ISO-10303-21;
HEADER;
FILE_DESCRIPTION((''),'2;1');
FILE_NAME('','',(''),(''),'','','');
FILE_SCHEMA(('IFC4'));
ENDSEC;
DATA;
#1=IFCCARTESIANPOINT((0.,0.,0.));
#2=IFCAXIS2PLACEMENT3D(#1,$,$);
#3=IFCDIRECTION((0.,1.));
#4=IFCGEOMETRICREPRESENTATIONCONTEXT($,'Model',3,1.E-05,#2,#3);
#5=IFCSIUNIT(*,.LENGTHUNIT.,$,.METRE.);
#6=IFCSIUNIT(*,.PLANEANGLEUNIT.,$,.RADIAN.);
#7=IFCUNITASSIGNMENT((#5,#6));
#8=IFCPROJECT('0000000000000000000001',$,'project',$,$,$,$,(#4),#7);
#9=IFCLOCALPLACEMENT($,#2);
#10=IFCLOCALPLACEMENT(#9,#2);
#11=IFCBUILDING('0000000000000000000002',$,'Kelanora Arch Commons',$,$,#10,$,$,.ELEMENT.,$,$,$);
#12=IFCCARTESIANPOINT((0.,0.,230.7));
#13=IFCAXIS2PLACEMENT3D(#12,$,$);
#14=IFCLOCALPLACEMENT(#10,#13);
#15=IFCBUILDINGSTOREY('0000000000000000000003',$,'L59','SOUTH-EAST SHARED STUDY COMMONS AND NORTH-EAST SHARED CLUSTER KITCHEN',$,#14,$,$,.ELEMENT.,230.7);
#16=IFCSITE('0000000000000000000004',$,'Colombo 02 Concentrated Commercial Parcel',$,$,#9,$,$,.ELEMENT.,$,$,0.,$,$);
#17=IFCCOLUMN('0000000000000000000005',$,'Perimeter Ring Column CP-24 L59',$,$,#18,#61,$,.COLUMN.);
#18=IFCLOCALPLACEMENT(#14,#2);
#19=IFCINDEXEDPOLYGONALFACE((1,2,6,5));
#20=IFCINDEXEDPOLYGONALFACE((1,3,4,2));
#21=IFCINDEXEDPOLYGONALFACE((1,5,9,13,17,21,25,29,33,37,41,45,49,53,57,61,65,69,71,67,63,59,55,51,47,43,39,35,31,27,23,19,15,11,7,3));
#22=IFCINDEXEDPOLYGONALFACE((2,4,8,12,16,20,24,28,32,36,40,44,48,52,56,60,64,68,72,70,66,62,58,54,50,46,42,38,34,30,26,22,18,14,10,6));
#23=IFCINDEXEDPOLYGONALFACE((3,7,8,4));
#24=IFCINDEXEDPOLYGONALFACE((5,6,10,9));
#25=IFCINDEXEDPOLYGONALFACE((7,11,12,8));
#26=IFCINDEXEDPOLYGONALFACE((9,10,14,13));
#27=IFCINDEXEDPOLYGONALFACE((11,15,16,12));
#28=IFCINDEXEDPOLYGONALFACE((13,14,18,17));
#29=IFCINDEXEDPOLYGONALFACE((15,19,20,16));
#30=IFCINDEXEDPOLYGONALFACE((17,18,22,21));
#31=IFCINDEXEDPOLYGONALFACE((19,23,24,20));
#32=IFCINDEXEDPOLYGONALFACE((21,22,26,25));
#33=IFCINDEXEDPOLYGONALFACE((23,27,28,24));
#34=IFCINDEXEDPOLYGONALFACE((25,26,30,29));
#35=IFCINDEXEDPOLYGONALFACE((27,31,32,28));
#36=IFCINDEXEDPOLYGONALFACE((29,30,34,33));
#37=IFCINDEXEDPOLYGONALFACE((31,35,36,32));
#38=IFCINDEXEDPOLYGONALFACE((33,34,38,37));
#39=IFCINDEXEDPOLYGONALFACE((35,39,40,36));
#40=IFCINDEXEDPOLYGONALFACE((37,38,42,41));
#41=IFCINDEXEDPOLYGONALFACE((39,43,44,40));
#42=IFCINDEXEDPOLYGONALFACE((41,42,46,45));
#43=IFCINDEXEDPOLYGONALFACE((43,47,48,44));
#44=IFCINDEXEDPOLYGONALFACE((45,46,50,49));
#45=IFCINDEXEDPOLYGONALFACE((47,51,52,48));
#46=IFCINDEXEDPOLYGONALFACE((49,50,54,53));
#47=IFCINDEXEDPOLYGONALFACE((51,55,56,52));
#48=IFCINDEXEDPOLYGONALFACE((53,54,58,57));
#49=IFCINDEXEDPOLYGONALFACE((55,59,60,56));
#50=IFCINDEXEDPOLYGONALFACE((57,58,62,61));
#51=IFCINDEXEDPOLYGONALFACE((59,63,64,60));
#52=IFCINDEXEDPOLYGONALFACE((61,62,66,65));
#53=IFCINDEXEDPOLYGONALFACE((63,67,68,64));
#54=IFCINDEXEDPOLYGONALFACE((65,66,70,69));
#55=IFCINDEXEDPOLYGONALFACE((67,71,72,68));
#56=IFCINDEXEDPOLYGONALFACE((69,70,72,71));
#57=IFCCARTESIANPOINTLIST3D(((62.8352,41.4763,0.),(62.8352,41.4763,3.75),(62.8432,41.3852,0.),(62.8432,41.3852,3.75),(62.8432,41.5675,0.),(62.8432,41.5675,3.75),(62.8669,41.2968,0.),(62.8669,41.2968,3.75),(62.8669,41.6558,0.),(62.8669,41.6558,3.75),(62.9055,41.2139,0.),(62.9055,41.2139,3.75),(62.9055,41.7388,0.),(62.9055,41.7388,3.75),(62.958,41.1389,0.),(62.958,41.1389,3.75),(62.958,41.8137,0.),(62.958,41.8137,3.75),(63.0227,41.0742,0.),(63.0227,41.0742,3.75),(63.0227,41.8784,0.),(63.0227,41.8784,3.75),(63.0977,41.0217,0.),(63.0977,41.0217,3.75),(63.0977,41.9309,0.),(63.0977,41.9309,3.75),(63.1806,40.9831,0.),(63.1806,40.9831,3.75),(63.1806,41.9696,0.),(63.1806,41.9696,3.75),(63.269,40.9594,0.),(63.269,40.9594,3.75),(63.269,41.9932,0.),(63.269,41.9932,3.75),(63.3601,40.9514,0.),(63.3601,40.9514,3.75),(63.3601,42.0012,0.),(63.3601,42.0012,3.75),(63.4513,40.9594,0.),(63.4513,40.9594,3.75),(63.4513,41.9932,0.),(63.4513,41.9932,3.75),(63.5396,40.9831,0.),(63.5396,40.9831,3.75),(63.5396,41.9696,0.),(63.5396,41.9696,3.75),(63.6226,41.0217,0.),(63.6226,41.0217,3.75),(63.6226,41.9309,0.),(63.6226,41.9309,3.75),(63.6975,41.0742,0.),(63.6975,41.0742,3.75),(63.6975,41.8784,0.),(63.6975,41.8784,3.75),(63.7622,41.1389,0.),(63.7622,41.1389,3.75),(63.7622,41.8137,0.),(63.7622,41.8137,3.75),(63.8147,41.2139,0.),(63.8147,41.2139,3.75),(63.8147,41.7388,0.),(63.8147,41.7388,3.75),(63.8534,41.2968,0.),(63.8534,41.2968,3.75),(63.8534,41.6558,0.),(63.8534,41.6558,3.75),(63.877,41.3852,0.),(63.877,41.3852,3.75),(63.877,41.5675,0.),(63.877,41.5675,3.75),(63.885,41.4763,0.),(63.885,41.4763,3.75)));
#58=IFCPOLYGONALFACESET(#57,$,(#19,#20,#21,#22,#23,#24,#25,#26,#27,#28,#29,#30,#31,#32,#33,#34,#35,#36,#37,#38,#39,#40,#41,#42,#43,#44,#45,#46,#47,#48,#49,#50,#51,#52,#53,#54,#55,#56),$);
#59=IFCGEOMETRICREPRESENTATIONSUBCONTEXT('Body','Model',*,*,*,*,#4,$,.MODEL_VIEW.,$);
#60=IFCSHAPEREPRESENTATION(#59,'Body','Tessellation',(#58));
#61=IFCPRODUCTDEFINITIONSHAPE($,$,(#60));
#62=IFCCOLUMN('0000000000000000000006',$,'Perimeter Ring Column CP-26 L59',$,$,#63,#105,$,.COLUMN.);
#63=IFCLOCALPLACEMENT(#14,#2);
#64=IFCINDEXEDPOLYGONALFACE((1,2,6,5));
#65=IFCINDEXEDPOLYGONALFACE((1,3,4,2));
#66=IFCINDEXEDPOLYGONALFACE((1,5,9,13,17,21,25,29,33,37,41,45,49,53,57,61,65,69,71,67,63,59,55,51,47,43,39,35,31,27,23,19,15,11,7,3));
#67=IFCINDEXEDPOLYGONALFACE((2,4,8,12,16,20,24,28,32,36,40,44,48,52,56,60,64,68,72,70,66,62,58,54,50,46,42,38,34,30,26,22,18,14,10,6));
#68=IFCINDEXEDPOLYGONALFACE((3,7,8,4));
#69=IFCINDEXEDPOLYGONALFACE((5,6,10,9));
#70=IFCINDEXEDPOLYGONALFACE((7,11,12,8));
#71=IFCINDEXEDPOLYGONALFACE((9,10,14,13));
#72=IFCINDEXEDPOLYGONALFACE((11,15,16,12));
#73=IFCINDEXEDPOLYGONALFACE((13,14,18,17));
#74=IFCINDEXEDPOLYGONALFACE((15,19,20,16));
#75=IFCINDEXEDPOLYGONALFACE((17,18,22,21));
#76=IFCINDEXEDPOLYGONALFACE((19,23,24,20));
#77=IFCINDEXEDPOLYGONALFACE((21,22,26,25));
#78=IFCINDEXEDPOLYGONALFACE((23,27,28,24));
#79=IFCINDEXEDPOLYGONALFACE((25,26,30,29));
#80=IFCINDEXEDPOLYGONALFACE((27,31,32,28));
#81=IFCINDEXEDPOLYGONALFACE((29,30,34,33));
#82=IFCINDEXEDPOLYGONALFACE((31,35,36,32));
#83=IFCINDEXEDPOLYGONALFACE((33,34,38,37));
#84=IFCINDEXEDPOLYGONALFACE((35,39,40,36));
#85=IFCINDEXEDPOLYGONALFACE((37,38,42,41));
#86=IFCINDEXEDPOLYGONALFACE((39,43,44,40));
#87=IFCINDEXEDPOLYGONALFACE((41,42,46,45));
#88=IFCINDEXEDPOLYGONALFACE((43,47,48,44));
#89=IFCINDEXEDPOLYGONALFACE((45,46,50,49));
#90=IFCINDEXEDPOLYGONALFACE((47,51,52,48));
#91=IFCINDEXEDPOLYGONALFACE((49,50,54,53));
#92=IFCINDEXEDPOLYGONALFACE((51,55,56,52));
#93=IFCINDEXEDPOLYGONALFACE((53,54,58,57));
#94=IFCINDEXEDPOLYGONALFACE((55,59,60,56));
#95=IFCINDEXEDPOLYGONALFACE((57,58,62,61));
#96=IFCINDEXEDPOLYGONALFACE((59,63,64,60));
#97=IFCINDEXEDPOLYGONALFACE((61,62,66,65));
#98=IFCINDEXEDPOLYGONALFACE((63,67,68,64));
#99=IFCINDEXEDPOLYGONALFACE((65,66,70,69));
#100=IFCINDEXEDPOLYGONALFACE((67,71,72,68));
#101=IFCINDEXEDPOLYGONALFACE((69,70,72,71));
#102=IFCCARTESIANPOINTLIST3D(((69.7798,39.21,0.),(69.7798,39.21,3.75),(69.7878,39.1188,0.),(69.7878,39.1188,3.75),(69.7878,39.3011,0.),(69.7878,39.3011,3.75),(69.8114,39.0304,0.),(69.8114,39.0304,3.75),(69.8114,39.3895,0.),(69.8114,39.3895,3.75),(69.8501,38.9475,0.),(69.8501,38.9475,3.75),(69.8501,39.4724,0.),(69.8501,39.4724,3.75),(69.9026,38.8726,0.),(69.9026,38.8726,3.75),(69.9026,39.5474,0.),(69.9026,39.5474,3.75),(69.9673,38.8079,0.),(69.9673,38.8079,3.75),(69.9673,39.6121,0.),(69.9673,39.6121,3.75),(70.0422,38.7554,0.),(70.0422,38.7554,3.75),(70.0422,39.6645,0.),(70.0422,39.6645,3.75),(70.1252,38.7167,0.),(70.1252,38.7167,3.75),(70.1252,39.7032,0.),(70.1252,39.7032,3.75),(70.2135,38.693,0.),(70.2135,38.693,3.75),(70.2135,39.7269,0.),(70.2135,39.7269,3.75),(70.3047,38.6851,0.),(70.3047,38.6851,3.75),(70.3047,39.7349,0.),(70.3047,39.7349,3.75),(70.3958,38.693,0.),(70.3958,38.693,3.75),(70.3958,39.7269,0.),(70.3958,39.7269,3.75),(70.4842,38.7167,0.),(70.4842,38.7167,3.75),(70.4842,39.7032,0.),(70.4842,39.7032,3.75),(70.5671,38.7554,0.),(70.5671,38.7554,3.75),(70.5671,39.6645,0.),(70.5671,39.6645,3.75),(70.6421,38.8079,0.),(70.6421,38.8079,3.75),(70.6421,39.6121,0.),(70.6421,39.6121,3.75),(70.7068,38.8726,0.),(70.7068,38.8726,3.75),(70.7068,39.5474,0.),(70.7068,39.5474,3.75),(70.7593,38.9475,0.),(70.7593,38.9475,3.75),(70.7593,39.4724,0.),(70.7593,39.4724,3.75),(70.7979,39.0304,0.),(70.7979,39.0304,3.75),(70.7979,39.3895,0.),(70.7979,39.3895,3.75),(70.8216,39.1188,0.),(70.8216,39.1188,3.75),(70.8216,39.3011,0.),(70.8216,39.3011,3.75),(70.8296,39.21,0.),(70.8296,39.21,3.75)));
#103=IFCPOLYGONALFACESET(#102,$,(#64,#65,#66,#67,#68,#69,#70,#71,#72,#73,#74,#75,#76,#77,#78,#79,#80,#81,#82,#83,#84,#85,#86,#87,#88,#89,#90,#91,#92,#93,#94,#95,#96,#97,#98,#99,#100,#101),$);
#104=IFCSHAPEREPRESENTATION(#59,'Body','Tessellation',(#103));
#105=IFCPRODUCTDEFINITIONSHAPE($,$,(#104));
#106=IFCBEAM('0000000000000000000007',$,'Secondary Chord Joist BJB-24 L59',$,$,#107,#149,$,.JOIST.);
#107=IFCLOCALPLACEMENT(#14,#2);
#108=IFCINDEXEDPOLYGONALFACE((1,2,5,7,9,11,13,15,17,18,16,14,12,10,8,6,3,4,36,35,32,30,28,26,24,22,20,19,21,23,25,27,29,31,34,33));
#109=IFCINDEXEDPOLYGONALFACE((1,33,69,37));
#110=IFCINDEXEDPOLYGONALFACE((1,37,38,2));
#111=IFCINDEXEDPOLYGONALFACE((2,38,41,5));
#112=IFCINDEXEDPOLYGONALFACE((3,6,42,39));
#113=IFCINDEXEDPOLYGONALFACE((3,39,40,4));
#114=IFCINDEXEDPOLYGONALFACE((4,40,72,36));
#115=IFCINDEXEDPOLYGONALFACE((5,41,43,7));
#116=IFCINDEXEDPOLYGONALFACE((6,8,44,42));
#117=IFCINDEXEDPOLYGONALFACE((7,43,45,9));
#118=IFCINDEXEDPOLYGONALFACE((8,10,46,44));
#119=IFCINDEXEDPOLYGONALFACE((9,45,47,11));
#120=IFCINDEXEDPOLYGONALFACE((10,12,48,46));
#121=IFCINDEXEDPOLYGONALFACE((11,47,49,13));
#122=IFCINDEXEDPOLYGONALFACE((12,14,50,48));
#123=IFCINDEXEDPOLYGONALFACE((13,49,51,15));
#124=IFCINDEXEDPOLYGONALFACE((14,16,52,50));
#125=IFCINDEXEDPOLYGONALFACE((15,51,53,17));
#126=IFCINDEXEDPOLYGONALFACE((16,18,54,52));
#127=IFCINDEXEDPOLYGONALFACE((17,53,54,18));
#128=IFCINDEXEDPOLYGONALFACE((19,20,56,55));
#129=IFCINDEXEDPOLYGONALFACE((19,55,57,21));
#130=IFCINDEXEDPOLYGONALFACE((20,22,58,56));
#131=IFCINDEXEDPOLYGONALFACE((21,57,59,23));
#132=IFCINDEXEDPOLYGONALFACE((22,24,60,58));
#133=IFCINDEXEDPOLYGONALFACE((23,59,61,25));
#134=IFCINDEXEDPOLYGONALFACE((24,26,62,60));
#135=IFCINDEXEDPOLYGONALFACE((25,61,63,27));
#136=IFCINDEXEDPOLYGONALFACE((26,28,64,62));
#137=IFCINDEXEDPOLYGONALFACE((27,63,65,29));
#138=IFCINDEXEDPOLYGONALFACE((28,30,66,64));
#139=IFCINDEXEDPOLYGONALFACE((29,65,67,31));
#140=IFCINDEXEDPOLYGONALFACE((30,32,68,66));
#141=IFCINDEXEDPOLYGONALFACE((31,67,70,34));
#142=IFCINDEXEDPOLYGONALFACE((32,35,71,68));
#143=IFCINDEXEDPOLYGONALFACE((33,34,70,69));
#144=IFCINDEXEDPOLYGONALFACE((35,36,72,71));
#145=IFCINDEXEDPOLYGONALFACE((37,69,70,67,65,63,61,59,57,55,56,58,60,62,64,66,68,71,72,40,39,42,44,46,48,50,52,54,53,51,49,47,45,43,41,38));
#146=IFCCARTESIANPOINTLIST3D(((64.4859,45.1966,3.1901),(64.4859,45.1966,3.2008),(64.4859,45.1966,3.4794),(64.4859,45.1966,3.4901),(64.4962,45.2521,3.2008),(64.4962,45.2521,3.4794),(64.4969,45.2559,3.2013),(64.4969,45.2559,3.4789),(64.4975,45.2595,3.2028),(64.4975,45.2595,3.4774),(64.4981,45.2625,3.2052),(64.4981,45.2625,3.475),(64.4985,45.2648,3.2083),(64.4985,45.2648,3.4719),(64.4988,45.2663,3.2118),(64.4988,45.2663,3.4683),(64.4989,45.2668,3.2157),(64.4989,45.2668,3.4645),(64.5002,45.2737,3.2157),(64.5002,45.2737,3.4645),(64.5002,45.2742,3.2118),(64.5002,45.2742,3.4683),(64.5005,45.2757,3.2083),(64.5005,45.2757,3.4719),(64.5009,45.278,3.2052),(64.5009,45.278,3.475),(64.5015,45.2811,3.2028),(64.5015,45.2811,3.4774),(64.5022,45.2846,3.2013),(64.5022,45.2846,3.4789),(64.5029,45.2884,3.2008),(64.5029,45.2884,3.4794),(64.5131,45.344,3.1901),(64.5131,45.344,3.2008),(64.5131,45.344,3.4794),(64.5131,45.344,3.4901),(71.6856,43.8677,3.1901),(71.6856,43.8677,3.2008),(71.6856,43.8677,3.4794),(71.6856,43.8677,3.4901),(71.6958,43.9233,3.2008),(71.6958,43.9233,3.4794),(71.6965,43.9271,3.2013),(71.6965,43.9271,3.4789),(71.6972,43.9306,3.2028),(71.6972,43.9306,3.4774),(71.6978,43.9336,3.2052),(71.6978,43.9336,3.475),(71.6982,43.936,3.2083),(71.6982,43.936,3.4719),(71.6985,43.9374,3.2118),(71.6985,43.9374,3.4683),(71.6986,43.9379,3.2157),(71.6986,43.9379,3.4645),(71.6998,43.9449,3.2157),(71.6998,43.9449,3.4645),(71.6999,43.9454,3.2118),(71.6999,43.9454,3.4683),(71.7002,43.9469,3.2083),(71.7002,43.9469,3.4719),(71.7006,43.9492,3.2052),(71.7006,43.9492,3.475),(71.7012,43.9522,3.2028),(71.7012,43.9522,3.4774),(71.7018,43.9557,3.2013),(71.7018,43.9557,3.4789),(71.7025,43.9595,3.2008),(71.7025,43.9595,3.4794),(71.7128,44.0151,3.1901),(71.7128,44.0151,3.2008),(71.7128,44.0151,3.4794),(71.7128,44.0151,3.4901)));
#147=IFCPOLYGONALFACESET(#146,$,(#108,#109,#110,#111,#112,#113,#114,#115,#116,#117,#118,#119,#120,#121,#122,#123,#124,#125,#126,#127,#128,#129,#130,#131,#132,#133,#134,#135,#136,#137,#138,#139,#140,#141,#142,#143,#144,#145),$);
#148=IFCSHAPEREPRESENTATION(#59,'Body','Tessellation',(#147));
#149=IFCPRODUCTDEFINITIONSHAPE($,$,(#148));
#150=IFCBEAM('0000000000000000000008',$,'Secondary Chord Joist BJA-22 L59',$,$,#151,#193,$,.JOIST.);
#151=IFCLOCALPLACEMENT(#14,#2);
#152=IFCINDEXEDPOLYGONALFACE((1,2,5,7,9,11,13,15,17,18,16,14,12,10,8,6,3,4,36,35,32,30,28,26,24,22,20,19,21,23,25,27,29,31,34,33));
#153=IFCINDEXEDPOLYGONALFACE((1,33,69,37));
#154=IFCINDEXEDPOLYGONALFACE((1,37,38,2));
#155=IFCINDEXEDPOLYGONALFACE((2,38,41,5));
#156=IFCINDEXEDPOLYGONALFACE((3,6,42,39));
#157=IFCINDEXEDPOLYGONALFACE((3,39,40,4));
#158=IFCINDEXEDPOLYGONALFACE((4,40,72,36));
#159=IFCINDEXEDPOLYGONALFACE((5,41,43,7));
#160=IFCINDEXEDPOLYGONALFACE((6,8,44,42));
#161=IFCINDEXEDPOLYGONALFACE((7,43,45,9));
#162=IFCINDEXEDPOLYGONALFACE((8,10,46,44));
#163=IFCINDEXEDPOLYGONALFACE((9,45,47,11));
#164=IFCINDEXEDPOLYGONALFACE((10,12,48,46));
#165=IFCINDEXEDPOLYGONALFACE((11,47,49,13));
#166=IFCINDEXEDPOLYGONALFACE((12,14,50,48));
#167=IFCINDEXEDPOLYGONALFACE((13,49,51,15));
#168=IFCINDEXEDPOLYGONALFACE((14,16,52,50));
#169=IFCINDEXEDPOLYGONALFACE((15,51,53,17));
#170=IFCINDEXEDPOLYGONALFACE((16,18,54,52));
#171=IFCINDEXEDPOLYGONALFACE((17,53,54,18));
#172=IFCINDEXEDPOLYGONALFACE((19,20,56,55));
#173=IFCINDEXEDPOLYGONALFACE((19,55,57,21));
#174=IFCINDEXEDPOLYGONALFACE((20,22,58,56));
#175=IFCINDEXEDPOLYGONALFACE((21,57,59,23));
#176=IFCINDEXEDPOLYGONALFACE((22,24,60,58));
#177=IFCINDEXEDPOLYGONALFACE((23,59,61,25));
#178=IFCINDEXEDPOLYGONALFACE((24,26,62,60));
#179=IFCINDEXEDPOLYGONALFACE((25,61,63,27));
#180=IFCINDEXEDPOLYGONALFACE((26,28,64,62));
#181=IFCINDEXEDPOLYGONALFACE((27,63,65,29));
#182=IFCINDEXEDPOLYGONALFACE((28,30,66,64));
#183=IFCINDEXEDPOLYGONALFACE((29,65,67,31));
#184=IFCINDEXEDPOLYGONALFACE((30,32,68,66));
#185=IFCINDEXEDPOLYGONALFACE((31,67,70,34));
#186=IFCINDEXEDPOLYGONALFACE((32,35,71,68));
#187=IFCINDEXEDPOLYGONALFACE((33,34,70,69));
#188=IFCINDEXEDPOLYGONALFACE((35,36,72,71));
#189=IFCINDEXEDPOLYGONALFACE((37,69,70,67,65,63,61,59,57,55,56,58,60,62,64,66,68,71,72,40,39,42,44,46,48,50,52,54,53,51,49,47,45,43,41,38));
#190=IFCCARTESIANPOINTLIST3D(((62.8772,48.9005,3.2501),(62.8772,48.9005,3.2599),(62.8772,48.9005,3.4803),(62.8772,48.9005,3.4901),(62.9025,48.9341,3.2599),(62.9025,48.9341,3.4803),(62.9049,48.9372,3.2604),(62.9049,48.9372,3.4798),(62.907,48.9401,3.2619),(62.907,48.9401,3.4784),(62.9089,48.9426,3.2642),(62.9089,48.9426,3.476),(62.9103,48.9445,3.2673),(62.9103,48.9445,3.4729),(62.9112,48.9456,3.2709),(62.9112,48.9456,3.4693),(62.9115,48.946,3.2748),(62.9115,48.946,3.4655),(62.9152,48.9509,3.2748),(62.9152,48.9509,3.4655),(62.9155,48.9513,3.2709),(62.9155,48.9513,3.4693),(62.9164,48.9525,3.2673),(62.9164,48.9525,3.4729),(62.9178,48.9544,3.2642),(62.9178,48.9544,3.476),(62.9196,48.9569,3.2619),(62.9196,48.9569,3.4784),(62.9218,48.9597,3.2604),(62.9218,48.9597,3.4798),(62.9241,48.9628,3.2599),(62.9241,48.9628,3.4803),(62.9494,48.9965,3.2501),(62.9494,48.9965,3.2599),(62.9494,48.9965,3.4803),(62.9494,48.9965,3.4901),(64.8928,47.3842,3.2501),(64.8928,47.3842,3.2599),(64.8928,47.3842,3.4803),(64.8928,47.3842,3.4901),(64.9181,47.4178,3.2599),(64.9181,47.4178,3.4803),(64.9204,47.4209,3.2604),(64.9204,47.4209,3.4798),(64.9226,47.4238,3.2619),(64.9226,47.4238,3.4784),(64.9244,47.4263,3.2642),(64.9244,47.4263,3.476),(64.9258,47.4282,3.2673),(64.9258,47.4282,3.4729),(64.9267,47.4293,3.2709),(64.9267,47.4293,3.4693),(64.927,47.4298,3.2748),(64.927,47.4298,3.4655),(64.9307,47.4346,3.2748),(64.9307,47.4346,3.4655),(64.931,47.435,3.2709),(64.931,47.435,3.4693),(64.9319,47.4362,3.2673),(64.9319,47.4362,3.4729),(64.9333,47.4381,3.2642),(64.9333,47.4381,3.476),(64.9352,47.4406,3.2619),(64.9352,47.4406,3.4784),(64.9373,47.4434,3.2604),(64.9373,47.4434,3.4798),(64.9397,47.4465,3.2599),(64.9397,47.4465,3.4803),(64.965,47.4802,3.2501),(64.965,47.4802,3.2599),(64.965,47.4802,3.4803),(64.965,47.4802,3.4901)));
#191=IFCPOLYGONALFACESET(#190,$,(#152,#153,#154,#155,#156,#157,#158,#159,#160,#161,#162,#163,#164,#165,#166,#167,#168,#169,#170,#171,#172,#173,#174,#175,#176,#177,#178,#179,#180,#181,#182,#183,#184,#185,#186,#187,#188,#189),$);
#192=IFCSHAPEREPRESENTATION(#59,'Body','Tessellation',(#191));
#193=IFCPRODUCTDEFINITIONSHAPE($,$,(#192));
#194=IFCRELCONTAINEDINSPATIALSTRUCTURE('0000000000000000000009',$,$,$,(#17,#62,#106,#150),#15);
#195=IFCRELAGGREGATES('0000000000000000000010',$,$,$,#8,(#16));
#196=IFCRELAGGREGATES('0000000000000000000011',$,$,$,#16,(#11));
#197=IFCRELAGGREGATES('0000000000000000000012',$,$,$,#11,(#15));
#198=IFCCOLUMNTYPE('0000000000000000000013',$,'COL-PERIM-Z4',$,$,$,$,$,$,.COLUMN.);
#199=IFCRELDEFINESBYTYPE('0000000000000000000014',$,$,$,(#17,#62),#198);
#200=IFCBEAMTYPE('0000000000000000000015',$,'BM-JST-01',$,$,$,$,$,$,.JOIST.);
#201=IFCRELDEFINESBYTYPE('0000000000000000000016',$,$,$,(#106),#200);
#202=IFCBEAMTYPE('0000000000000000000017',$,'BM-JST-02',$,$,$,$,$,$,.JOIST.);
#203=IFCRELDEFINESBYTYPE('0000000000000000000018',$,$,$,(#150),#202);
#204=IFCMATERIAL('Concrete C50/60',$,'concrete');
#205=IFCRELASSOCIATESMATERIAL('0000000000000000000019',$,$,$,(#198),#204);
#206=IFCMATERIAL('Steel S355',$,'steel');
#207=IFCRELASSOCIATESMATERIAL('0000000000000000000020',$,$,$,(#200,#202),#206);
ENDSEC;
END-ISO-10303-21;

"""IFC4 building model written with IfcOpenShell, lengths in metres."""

from ifc_helpers import new_model, si_unit, direction, frame, origin, origin_2d, place, context, subcontext, project, spatial, circle, i_section, extrude, material, material_profile, profile_set, type_object, element, save


model = new_model("IFC4")

# Units and contexts
model_context = context("Model", 3, precision=1e-05, world=origin(), true_north=direction((0.0, 1.0)))
body_context = subcontext(model_context, "Body", "Model", "MODEL_VIEW")
ifc_project = project(units=[si_unit("LENGTHUNIT", "METRE"), si_unit("PLANEANGLEUNIT", "RADIAN")], contexts=[model_context])

# Site, building, storey
site_placement = place(None, origin())
site = spatial("IfcSite", under=ifc_project, at=site_placement, Name="Colombo 02 Concentrated Commercial Parcel", CompositionType="ELEMENT", RefElevation=0.0)
building_placement = place(site_placement, origin())
building = spatial("IfcBuilding", under=site, at=building_placement, Name="Kelanora Arch Commons", CompositionType="ELEMENT")
storey_placement = place(building_placement, frame((0.0, 0.0, 230.7)))
storey = spatial("IfcBuildingStorey", under=building, at=storey_placement, Name="L59", Description="SOUTH-EAST SHARED STUDY COMMONS AND NORTH-EAST SHARED CLUSTER KITCHEN", CompositionType="ELEMENT", Elevation=230.7)

# Columns
ifc_material_1 = material(Name="Concrete C50/60", Category="concrete")
ifc_material_profile_1 = material_profile(ifc_material_1, circle(Radius=0.5249, at=origin_2d()), Name="RCC1050")
ifc_profile_set_1 = profile_set([ifc_material_profile_1], Name="Concrete C50/60")
column_type = type_object("IfcColumnType", Name="COL-PERIM-Z4", PredefinedType="COLUMN", material=ifc_profile_set_1)
for number, where, z_axis, x_axis, name in (
    (1, (63.3601, 41.4763, 0.0), (0.0, 0.0, 1.0), (1.0, 0.0, 0.0), "Perimeter Ring Column CP-24 L59"),
    (2, (70.3047, 39.21, 0.0), (0.0, 0.0, 1.0), (1.0, 0.0, 0.0), "Perimeter Ring Column CP-26 L59"),
):
    element("IfcColumn", number, at=place(storey_placement, frame(where, z_axis=z_axis, x_axis=x_axis)), inside=storey, type_object=column_type, Name=name, PredefinedType="COLUMN", context=body_context, shape_type="SweptSolid", body=[
        extrude(circle(Radius=0.5249, at=origin_2d()), origin(), (0.0, 0.0, 1.0), 3.75),
    ])

# Beams
ifc_material_2 = material(Name="Steel S355", Category="steel")
ifc_material_profile_2 = material_profile(ifc_material_2, i_section(OverallWidth=0.1499, OverallDepth=0.3, WebThickness=0.0071, FlangeThickness=0.0107, FilletRadius=0.0149, at=origin_2d()), Name="IPE300")
ifc_profile_set_2 = profile_set([ifc_material_profile_2], Name="Steel S355")
beam_type_1 = type_object("IfcBeamType", Name="BM-JST-01", PredefinedType="JOIST", material=ifc_profile_set_2)
beam_1_placement = place(storey_placement, frame((64.4995, 45.2703, 3.3401), z_axis=(0.98339, -0.181505, 0.0), x_axis=(0.181505, 0.98339, 0.0)))
element("IfcBeam", 3, at=beam_1_placement, inside=storey, type_object=beam_type_1, Name="Secondary Chord Joist BJB-24 L59", PredefinedType="JOIST", context=body_context, shape_type="SweptSolid", body=[
    extrude(i_section(OverallWidth=0.1499, OverallDepth=0.3, WebThickness=0.0071, FlangeThickness=0.0107, FilletRadius=0.0149, at=origin_2d()), origin(), (0.0, 0.0, 1.0), 7.3213),
])
ifc_material_profile_3 = material_profile(ifc_material_2, i_section(OverallWidth=0.1201, OverallDepth=0.24, WebThickness=0.0061, FlangeThickness=0.0098, FilletRadius=0.0149, at=origin_2d()), Name="IPE240")
ifc_profile_set_3 = profile_set([ifc_material_profile_3], Name="Steel S355")
beam_type_2 = type_object("IfcBeamType", Name="BM-JST-02", PredefinedType="JOIST", material=ifc_profile_set_3)
beam_2_placement = place(storey_placement, frame((62.9133, 48.9485, 3.3701), z_axis=(0.799116, -0.601176, 0.0), x_axis=(0.601176, 0.799116, 0.0)))
element("IfcBeam", 4, at=beam_2_placement, inside=storey, type_object=beam_type_2, Name="Secondary Chord Joist BJA-22 L59", PredefinedType="JOIST", context=body_context, shape_type="SweptSolid", body=[
    extrude(i_section(OverallWidth=0.1201, OverallDepth=0.24, WebThickness=0.0061, FlangeThickness=0.0098, FilletRadius=0.0149, at=origin_2d()), origin(), (0.0, 0.0, 1.0), 2.5222),
])

save(model, "model.ifc")
